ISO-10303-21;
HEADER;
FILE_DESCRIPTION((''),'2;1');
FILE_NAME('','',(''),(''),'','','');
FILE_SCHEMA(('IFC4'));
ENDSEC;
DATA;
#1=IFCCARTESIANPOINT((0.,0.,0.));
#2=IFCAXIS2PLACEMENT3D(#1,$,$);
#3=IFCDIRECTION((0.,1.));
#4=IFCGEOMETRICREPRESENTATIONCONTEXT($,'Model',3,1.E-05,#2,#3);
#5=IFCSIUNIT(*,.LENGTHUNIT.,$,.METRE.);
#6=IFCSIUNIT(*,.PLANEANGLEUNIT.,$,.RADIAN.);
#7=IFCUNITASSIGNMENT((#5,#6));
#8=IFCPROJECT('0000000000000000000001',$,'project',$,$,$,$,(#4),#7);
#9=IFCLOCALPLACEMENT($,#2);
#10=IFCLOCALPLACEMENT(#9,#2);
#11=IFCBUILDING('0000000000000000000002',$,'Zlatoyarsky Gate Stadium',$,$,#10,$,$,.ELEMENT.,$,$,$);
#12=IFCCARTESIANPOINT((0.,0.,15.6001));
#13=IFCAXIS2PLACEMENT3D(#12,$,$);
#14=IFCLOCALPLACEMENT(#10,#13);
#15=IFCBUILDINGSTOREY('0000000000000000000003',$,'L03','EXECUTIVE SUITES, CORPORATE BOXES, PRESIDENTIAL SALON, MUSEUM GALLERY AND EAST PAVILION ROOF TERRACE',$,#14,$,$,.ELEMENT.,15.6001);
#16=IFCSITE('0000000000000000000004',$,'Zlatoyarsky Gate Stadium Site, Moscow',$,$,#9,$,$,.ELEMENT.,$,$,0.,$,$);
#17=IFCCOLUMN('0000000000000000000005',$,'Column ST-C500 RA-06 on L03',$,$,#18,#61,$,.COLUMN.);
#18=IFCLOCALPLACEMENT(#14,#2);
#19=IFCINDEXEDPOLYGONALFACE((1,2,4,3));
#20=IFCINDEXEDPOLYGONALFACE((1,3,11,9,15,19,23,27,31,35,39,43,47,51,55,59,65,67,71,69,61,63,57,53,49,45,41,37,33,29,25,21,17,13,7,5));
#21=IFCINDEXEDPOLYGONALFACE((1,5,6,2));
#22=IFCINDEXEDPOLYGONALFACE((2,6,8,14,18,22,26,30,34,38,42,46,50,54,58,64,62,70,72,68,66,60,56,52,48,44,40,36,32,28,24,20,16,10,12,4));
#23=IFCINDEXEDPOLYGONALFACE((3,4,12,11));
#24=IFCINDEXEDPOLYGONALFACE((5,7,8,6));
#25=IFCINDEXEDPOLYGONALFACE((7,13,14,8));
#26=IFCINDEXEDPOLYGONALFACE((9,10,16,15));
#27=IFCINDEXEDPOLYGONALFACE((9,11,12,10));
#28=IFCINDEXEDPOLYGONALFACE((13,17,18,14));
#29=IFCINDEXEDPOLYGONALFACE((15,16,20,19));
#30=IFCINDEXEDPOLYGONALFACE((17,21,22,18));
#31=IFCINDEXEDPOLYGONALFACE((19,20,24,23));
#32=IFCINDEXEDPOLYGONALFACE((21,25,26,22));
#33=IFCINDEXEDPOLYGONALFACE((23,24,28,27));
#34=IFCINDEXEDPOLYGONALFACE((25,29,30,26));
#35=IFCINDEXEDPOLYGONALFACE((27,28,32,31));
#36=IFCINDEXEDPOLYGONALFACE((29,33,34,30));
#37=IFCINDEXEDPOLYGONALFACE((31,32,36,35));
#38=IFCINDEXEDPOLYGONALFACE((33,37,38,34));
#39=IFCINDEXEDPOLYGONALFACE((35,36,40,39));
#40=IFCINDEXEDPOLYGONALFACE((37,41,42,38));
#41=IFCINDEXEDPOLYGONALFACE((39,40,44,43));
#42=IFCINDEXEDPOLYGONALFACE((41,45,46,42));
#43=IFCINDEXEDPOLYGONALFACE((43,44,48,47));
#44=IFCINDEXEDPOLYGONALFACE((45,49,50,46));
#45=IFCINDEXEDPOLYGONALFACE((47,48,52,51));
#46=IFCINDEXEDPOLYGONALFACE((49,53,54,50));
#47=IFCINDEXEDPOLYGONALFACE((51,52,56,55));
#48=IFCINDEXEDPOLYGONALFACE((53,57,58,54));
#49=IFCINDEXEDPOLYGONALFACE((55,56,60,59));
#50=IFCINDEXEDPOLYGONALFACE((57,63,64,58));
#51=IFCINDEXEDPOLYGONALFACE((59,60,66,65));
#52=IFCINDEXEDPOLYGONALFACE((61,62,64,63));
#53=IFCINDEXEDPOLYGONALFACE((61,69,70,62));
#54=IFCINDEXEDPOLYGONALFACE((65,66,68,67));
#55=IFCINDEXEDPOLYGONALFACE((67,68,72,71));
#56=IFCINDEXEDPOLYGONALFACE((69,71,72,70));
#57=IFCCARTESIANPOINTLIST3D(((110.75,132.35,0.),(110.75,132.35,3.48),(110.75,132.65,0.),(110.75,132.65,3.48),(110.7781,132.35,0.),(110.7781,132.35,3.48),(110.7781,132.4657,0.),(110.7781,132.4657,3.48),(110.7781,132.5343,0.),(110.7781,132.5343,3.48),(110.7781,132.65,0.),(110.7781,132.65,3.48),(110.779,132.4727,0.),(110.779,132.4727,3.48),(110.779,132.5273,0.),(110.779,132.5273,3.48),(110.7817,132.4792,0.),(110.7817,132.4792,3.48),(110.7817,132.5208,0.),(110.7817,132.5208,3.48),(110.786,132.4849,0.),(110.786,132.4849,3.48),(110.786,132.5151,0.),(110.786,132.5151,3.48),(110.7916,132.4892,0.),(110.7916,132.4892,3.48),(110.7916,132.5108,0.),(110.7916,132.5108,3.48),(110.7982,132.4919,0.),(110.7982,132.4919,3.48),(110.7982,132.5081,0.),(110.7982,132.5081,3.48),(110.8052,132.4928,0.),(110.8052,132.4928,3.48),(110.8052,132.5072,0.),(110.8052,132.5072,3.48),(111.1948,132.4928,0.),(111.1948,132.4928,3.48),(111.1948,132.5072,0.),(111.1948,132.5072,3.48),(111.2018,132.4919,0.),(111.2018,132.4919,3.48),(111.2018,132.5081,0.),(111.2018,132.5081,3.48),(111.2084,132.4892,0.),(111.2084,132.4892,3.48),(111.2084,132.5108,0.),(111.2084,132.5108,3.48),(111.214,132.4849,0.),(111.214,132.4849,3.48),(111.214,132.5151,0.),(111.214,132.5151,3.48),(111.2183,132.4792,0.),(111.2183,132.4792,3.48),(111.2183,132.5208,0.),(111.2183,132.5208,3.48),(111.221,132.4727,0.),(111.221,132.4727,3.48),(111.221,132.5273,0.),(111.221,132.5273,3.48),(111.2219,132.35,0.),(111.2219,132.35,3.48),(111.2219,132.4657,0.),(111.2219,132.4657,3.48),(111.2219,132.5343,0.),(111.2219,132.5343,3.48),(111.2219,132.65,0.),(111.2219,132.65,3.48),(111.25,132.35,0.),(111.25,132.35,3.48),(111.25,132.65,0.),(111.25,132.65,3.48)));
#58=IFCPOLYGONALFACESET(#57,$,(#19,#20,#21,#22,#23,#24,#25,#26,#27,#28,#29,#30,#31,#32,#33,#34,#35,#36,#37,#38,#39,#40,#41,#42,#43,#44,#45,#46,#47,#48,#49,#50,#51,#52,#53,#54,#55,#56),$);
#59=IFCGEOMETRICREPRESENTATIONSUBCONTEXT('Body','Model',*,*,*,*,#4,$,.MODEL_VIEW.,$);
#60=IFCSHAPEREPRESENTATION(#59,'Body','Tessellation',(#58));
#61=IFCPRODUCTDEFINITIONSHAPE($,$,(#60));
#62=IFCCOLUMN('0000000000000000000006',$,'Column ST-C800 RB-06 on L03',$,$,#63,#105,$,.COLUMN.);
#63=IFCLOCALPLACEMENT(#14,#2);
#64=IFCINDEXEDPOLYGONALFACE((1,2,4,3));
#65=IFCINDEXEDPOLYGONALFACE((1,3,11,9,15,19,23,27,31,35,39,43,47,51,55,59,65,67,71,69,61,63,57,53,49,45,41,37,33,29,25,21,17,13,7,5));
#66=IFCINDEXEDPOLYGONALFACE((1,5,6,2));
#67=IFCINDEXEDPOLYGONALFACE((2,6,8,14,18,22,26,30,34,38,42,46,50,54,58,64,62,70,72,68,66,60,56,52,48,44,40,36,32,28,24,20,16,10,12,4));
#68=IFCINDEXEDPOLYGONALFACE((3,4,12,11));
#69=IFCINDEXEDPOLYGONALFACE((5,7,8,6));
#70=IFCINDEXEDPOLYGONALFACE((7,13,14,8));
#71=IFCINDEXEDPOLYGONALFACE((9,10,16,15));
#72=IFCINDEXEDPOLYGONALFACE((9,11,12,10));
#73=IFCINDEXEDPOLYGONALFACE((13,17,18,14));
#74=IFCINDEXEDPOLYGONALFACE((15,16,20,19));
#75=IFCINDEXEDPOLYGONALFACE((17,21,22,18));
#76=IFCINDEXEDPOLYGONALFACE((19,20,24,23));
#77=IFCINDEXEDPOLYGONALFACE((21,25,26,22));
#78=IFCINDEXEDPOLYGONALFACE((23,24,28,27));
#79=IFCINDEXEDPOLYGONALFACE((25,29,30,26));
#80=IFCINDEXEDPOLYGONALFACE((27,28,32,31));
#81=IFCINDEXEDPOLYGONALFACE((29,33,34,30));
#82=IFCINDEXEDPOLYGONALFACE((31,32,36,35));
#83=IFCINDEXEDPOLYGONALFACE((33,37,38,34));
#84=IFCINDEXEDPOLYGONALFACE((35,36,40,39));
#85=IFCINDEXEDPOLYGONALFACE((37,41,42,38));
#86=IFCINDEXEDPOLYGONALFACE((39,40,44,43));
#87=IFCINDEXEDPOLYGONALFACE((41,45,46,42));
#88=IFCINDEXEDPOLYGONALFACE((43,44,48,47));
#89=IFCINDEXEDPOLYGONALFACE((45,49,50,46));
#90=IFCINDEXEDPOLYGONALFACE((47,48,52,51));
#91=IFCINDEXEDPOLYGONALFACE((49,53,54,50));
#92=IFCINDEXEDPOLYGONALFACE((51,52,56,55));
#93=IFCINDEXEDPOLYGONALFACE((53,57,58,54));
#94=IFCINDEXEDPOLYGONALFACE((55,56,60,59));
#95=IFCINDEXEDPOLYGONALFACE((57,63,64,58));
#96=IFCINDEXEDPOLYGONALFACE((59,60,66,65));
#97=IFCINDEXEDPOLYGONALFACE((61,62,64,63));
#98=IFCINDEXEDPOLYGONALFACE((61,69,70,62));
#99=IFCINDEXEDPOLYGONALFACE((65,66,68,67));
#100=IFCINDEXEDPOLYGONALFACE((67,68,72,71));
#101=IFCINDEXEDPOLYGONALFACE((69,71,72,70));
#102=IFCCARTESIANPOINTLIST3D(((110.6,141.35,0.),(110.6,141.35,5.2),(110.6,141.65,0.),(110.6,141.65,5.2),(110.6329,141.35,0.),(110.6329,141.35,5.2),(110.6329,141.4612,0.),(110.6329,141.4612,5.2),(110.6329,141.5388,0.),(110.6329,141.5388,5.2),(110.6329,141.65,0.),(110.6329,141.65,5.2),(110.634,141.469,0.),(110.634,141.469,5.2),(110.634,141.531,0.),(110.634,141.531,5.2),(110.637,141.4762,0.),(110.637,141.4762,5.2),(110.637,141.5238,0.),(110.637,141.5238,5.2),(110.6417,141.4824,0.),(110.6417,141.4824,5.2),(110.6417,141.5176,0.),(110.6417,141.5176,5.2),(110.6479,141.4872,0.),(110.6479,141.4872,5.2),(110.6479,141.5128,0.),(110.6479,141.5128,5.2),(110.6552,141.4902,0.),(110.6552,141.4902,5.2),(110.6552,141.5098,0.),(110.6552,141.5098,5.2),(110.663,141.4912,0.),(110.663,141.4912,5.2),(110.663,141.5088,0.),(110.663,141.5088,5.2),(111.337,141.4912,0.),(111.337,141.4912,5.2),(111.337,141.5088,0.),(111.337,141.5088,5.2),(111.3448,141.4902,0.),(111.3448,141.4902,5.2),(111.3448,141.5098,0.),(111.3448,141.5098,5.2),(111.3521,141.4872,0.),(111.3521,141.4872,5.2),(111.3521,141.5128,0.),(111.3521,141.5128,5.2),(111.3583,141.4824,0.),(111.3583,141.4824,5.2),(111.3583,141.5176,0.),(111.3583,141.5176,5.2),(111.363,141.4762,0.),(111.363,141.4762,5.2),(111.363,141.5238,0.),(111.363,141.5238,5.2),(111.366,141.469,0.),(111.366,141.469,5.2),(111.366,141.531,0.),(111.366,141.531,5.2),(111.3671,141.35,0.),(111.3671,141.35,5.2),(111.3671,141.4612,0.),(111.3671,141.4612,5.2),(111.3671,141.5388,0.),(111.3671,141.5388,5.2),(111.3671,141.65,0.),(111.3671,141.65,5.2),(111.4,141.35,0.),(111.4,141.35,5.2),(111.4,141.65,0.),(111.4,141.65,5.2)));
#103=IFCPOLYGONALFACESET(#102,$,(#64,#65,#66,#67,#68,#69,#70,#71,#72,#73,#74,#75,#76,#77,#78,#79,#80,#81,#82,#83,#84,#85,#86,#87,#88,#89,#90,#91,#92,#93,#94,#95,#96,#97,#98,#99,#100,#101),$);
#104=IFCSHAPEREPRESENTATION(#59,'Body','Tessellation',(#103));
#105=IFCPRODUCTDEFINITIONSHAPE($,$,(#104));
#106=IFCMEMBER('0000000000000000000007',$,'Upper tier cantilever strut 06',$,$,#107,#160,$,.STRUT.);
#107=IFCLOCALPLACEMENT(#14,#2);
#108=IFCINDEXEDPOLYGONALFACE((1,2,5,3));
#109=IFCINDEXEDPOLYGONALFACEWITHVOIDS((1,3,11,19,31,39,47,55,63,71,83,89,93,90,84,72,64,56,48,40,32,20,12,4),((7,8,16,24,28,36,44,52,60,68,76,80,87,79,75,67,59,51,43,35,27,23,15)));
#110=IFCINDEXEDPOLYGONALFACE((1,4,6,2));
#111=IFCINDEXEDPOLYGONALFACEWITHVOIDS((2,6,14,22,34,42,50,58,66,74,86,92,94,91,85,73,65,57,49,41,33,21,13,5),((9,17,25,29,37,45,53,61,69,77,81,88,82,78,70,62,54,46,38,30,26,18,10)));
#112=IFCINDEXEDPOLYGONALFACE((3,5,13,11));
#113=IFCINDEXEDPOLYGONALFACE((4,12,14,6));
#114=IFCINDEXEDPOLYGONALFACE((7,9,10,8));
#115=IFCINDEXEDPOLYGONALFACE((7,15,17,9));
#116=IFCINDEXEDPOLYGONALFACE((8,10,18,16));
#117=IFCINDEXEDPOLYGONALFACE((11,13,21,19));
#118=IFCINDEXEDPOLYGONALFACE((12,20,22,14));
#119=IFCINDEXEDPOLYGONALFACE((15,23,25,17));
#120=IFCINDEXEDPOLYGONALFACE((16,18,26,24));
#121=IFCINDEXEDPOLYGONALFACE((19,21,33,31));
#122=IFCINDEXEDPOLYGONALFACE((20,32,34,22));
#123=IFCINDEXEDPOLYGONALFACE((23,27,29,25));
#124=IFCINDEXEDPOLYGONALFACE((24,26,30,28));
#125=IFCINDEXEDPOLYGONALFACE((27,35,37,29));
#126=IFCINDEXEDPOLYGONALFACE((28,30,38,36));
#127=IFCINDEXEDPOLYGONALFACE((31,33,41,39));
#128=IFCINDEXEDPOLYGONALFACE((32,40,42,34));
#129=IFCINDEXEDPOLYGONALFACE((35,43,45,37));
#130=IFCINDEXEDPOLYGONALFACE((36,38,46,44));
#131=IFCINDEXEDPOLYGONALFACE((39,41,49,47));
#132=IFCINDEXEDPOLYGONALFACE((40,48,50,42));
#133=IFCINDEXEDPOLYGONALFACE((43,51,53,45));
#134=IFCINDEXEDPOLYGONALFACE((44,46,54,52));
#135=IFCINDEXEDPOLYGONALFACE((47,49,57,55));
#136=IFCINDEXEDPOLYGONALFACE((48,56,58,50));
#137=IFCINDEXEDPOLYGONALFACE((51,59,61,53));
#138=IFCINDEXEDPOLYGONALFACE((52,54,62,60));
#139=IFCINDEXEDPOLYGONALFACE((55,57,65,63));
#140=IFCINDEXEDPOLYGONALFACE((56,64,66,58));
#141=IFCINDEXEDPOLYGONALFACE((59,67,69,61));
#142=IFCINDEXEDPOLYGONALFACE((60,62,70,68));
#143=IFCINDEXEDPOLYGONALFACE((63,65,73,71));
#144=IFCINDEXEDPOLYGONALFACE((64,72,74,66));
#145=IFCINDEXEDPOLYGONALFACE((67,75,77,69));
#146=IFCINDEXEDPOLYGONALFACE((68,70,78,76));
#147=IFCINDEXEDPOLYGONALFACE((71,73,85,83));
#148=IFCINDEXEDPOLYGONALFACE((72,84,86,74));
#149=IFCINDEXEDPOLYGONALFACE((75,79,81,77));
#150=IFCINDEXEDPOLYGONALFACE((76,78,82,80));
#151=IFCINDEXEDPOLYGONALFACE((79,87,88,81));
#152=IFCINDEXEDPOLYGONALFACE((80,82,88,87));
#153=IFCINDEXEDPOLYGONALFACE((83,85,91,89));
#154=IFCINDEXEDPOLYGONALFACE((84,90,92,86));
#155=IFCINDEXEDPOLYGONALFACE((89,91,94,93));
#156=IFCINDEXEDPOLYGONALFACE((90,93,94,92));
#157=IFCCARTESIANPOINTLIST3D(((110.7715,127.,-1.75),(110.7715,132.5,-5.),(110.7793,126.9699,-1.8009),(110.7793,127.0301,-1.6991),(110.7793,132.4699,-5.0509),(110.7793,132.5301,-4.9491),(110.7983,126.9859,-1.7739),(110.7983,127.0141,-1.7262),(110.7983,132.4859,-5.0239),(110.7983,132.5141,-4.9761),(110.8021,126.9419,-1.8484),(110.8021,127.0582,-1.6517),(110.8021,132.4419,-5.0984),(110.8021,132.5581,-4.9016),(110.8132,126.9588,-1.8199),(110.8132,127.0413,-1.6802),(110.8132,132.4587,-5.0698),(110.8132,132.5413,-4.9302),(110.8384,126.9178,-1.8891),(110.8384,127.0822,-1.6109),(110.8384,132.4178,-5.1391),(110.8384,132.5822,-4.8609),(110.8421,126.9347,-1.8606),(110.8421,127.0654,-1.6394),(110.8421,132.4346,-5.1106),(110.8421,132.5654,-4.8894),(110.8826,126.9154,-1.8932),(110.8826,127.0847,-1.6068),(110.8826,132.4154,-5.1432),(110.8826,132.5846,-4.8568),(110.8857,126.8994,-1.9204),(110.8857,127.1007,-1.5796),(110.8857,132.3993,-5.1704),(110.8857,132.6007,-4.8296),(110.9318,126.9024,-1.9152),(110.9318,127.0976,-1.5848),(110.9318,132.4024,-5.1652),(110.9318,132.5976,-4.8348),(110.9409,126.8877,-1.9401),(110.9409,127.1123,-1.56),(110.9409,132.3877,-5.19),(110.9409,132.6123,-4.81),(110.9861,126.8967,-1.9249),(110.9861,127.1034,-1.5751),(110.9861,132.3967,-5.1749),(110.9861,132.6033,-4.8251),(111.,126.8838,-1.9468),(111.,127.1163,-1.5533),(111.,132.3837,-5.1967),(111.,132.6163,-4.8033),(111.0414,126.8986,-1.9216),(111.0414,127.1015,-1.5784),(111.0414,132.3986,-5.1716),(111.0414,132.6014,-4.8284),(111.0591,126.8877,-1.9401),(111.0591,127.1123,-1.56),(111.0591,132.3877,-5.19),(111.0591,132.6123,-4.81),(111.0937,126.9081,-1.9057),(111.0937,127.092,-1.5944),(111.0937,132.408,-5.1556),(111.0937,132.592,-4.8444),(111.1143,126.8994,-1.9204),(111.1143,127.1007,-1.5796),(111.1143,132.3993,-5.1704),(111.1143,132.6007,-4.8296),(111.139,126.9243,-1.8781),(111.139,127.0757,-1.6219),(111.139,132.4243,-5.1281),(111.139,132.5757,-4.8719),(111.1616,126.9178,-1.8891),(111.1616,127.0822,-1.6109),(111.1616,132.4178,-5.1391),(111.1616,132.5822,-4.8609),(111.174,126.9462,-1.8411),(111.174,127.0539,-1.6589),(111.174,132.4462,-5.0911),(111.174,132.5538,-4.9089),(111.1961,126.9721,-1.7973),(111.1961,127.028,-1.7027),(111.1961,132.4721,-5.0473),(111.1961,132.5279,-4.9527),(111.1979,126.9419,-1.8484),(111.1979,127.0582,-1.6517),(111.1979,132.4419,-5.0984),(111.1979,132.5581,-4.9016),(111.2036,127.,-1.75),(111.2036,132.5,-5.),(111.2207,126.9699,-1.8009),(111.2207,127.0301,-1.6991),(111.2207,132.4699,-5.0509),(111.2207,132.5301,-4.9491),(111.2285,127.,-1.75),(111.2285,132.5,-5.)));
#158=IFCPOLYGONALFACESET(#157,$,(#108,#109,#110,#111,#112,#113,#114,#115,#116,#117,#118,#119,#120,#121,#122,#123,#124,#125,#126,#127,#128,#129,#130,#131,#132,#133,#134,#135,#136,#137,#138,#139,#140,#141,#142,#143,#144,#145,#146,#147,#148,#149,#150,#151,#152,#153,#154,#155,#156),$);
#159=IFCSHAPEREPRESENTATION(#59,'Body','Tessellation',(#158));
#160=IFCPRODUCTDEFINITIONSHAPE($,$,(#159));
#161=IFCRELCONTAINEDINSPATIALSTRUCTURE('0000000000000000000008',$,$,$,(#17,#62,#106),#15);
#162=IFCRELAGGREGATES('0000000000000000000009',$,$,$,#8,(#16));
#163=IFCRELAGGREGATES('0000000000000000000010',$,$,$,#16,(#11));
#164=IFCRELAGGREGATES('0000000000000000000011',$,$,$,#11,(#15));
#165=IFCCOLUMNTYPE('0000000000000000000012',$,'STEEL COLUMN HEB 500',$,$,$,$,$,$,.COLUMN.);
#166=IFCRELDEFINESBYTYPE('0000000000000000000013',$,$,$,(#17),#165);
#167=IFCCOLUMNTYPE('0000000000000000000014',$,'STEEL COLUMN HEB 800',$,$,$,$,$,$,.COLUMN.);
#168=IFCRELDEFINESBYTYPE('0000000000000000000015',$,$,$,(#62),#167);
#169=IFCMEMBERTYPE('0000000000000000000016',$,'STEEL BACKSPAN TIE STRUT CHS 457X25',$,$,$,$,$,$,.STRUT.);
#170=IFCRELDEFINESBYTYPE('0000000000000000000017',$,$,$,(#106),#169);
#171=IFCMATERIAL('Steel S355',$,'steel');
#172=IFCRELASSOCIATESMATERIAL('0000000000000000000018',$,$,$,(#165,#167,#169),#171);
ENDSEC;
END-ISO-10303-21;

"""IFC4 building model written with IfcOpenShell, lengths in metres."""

from ifc_helpers import new_model, si_unit, direction, frame, origin, origin_2d, place, context, subcontext, project, spatial, hollow_circle, i_section, extrude, material, material_profile, profile_set, type_object, element, save


model = new_model("IFC4")

# Units and contexts
model_context = context("Model", 3, precision=1e-05, world=origin(), true_north=direction((0.0, 1.0)))
body_context = subcontext(model_context, "Body", "Model", "MODEL_VIEW")
ifc_project = project(units=[si_unit("LENGTHUNIT", "METRE"), si_unit("PLANEANGLEUNIT", "RADIAN")], contexts=[model_context])

# Site, building, storey
site_placement = place(None, origin())
site = spatial("IfcSite", under=ifc_project, at=site_placement, Name="Zlatoyarsky Gate Stadium Site, Moscow", CompositionType="ELEMENT", RefElevation=0.0)
building_placement = place(site_placement, origin())
building = spatial("IfcBuilding", under=site, at=building_placement, Name="Zlatoyarsky Gate Stadium", CompositionType="ELEMENT")
storey_placement = place(building_placement, frame((0.0, 0.0, 15.6001)))
storey = spatial("IfcBuildingStorey", under=building, at=storey_placement, Name="L03", Description="EXECUTIVE SUITES, CORPORATE BOXES, PRESIDENTIAL SALON, MUSEUM GALLERY AND EAST PAVILION ROOF TERRACE", CompositionType="ELEMENT", Elevation=15.6001)

# Columns
ifc_material_1 = material(Name="Steel S355", Category="steel")
ifc_material_profile_1 = material_profile(ifc_material_1, i_section(OverallWidth=0.3, OverallDepth=0.5, WebThickness=0.0144, FlangeThickness=0.0281, FilletRadius=0.0271, at=origin_2d()), Name="HEB 500")
ifc_profile_set_1 = profile_set([ifc_material_profile_1], Name="Steel S355")
column_type_1 = type_object("IfcColumnType", Name="STEEL COLUMN HEB 500", PredefinedType="COLUMN", material=ifc_profile_set_1)
column_1_placement = place(storey_placement, frame((111.0, 132.5, 0.0), z_axis=(0.0, 0.0, 1.0), x_axis=(0.0, 1.0, 0.0)))
element("IfcColumn", 1, at=column_1_placement, inside=storey, type_object=column_type_1, Name="Column ST-C500 RA-06 on L03", PredefinedType="COLUMN", context=body_context, shape_type="SweptSolid", body=[
    extrude(i_section(OverallWidth=0.3, OverallDepth=0.5, WebThickness=0.0144, FlangeThickness=0.0281, FilletRadius=0.0271, at=origin_2d()), origin(), (0.0, 0.0, 1.0), 3.48),
])
ifc_material_profile_2 = material_profile(ifc_material_1, i_section(OverallWidth=0.3, OverallDepth=0.8, WebThickness=0.0176, FlangeThickness=0.033, FilletRadius=0.03, at=origin_2d()), Name="HEB 800")
ifc_profile_set_2 = profile_set([ifc_material_profile_2], Name="Steel S355")
column_type_2 = type_object("IfcColumnType", Name="STEEL COLUMN HEB 800", PredefinedType="COLUMN", material=ifc_profile_set_2)
column_2_placement = place(storey_placement, frame((111.0, 141.5, 0.0), z_axis=(0.0, 0.0, 1.0), x_axis=(0.0, 1.0, 0.0)))
element("IfcColumn", 2, at=column_2_placement, inside=storey, type_object=column_type_2, Name="Column ST-C800 RB-06 on L03", PredefinedType="COLUMN", context=body_context, shape_type="SweptSolid", body=[
    extrude(i_section(OverallWidth=0.3, OverallDepth=0.8, WebThickness=0.0176, FlangeThickness=0.033, FilletRadius=0.03, at=origin_2d()), origin(), (0.0, 0.0, 1.0), 5.2),
])

# Member
ifc_material_profile_3 = material_profile(ifc_material_1, hollow_circle(Radius=0.2285, WallThickness=0.0249, at=origin_2d()), Name="CHS 457X25")
ifc_profile_set_3 = profile_set([ifc_material_profile_3], Name="Steel S355")
member_type = type_object("IfcMemberType", Name="STEEL BACKSPAN TIE STRUT CHS 457X25", PredefinedType="STRUT", material=ifc_profile_set_3)
member_placement = place(storey_placement, frame((111.0, 132.5, -5.0), z_axis=(0.0, -0.860927, 0.508729), x_axis=(1.0, 0.0, 0.0)))
element("IfcMember", 3, at=member_placement, inside=storey, type_object=member_type, Name="Upper tier cantilever strut 06", PredefinedType="STRUT", context=body_context, shape_type="SweptSolid", body=[
    extrude(hollow_circle(Radius=0.2285, WallThickness=0.0249, at=origin_2d()), origin(), (0.0, 0.0, 1.0), 6.3884),
])

save(model, "model.ifc")
